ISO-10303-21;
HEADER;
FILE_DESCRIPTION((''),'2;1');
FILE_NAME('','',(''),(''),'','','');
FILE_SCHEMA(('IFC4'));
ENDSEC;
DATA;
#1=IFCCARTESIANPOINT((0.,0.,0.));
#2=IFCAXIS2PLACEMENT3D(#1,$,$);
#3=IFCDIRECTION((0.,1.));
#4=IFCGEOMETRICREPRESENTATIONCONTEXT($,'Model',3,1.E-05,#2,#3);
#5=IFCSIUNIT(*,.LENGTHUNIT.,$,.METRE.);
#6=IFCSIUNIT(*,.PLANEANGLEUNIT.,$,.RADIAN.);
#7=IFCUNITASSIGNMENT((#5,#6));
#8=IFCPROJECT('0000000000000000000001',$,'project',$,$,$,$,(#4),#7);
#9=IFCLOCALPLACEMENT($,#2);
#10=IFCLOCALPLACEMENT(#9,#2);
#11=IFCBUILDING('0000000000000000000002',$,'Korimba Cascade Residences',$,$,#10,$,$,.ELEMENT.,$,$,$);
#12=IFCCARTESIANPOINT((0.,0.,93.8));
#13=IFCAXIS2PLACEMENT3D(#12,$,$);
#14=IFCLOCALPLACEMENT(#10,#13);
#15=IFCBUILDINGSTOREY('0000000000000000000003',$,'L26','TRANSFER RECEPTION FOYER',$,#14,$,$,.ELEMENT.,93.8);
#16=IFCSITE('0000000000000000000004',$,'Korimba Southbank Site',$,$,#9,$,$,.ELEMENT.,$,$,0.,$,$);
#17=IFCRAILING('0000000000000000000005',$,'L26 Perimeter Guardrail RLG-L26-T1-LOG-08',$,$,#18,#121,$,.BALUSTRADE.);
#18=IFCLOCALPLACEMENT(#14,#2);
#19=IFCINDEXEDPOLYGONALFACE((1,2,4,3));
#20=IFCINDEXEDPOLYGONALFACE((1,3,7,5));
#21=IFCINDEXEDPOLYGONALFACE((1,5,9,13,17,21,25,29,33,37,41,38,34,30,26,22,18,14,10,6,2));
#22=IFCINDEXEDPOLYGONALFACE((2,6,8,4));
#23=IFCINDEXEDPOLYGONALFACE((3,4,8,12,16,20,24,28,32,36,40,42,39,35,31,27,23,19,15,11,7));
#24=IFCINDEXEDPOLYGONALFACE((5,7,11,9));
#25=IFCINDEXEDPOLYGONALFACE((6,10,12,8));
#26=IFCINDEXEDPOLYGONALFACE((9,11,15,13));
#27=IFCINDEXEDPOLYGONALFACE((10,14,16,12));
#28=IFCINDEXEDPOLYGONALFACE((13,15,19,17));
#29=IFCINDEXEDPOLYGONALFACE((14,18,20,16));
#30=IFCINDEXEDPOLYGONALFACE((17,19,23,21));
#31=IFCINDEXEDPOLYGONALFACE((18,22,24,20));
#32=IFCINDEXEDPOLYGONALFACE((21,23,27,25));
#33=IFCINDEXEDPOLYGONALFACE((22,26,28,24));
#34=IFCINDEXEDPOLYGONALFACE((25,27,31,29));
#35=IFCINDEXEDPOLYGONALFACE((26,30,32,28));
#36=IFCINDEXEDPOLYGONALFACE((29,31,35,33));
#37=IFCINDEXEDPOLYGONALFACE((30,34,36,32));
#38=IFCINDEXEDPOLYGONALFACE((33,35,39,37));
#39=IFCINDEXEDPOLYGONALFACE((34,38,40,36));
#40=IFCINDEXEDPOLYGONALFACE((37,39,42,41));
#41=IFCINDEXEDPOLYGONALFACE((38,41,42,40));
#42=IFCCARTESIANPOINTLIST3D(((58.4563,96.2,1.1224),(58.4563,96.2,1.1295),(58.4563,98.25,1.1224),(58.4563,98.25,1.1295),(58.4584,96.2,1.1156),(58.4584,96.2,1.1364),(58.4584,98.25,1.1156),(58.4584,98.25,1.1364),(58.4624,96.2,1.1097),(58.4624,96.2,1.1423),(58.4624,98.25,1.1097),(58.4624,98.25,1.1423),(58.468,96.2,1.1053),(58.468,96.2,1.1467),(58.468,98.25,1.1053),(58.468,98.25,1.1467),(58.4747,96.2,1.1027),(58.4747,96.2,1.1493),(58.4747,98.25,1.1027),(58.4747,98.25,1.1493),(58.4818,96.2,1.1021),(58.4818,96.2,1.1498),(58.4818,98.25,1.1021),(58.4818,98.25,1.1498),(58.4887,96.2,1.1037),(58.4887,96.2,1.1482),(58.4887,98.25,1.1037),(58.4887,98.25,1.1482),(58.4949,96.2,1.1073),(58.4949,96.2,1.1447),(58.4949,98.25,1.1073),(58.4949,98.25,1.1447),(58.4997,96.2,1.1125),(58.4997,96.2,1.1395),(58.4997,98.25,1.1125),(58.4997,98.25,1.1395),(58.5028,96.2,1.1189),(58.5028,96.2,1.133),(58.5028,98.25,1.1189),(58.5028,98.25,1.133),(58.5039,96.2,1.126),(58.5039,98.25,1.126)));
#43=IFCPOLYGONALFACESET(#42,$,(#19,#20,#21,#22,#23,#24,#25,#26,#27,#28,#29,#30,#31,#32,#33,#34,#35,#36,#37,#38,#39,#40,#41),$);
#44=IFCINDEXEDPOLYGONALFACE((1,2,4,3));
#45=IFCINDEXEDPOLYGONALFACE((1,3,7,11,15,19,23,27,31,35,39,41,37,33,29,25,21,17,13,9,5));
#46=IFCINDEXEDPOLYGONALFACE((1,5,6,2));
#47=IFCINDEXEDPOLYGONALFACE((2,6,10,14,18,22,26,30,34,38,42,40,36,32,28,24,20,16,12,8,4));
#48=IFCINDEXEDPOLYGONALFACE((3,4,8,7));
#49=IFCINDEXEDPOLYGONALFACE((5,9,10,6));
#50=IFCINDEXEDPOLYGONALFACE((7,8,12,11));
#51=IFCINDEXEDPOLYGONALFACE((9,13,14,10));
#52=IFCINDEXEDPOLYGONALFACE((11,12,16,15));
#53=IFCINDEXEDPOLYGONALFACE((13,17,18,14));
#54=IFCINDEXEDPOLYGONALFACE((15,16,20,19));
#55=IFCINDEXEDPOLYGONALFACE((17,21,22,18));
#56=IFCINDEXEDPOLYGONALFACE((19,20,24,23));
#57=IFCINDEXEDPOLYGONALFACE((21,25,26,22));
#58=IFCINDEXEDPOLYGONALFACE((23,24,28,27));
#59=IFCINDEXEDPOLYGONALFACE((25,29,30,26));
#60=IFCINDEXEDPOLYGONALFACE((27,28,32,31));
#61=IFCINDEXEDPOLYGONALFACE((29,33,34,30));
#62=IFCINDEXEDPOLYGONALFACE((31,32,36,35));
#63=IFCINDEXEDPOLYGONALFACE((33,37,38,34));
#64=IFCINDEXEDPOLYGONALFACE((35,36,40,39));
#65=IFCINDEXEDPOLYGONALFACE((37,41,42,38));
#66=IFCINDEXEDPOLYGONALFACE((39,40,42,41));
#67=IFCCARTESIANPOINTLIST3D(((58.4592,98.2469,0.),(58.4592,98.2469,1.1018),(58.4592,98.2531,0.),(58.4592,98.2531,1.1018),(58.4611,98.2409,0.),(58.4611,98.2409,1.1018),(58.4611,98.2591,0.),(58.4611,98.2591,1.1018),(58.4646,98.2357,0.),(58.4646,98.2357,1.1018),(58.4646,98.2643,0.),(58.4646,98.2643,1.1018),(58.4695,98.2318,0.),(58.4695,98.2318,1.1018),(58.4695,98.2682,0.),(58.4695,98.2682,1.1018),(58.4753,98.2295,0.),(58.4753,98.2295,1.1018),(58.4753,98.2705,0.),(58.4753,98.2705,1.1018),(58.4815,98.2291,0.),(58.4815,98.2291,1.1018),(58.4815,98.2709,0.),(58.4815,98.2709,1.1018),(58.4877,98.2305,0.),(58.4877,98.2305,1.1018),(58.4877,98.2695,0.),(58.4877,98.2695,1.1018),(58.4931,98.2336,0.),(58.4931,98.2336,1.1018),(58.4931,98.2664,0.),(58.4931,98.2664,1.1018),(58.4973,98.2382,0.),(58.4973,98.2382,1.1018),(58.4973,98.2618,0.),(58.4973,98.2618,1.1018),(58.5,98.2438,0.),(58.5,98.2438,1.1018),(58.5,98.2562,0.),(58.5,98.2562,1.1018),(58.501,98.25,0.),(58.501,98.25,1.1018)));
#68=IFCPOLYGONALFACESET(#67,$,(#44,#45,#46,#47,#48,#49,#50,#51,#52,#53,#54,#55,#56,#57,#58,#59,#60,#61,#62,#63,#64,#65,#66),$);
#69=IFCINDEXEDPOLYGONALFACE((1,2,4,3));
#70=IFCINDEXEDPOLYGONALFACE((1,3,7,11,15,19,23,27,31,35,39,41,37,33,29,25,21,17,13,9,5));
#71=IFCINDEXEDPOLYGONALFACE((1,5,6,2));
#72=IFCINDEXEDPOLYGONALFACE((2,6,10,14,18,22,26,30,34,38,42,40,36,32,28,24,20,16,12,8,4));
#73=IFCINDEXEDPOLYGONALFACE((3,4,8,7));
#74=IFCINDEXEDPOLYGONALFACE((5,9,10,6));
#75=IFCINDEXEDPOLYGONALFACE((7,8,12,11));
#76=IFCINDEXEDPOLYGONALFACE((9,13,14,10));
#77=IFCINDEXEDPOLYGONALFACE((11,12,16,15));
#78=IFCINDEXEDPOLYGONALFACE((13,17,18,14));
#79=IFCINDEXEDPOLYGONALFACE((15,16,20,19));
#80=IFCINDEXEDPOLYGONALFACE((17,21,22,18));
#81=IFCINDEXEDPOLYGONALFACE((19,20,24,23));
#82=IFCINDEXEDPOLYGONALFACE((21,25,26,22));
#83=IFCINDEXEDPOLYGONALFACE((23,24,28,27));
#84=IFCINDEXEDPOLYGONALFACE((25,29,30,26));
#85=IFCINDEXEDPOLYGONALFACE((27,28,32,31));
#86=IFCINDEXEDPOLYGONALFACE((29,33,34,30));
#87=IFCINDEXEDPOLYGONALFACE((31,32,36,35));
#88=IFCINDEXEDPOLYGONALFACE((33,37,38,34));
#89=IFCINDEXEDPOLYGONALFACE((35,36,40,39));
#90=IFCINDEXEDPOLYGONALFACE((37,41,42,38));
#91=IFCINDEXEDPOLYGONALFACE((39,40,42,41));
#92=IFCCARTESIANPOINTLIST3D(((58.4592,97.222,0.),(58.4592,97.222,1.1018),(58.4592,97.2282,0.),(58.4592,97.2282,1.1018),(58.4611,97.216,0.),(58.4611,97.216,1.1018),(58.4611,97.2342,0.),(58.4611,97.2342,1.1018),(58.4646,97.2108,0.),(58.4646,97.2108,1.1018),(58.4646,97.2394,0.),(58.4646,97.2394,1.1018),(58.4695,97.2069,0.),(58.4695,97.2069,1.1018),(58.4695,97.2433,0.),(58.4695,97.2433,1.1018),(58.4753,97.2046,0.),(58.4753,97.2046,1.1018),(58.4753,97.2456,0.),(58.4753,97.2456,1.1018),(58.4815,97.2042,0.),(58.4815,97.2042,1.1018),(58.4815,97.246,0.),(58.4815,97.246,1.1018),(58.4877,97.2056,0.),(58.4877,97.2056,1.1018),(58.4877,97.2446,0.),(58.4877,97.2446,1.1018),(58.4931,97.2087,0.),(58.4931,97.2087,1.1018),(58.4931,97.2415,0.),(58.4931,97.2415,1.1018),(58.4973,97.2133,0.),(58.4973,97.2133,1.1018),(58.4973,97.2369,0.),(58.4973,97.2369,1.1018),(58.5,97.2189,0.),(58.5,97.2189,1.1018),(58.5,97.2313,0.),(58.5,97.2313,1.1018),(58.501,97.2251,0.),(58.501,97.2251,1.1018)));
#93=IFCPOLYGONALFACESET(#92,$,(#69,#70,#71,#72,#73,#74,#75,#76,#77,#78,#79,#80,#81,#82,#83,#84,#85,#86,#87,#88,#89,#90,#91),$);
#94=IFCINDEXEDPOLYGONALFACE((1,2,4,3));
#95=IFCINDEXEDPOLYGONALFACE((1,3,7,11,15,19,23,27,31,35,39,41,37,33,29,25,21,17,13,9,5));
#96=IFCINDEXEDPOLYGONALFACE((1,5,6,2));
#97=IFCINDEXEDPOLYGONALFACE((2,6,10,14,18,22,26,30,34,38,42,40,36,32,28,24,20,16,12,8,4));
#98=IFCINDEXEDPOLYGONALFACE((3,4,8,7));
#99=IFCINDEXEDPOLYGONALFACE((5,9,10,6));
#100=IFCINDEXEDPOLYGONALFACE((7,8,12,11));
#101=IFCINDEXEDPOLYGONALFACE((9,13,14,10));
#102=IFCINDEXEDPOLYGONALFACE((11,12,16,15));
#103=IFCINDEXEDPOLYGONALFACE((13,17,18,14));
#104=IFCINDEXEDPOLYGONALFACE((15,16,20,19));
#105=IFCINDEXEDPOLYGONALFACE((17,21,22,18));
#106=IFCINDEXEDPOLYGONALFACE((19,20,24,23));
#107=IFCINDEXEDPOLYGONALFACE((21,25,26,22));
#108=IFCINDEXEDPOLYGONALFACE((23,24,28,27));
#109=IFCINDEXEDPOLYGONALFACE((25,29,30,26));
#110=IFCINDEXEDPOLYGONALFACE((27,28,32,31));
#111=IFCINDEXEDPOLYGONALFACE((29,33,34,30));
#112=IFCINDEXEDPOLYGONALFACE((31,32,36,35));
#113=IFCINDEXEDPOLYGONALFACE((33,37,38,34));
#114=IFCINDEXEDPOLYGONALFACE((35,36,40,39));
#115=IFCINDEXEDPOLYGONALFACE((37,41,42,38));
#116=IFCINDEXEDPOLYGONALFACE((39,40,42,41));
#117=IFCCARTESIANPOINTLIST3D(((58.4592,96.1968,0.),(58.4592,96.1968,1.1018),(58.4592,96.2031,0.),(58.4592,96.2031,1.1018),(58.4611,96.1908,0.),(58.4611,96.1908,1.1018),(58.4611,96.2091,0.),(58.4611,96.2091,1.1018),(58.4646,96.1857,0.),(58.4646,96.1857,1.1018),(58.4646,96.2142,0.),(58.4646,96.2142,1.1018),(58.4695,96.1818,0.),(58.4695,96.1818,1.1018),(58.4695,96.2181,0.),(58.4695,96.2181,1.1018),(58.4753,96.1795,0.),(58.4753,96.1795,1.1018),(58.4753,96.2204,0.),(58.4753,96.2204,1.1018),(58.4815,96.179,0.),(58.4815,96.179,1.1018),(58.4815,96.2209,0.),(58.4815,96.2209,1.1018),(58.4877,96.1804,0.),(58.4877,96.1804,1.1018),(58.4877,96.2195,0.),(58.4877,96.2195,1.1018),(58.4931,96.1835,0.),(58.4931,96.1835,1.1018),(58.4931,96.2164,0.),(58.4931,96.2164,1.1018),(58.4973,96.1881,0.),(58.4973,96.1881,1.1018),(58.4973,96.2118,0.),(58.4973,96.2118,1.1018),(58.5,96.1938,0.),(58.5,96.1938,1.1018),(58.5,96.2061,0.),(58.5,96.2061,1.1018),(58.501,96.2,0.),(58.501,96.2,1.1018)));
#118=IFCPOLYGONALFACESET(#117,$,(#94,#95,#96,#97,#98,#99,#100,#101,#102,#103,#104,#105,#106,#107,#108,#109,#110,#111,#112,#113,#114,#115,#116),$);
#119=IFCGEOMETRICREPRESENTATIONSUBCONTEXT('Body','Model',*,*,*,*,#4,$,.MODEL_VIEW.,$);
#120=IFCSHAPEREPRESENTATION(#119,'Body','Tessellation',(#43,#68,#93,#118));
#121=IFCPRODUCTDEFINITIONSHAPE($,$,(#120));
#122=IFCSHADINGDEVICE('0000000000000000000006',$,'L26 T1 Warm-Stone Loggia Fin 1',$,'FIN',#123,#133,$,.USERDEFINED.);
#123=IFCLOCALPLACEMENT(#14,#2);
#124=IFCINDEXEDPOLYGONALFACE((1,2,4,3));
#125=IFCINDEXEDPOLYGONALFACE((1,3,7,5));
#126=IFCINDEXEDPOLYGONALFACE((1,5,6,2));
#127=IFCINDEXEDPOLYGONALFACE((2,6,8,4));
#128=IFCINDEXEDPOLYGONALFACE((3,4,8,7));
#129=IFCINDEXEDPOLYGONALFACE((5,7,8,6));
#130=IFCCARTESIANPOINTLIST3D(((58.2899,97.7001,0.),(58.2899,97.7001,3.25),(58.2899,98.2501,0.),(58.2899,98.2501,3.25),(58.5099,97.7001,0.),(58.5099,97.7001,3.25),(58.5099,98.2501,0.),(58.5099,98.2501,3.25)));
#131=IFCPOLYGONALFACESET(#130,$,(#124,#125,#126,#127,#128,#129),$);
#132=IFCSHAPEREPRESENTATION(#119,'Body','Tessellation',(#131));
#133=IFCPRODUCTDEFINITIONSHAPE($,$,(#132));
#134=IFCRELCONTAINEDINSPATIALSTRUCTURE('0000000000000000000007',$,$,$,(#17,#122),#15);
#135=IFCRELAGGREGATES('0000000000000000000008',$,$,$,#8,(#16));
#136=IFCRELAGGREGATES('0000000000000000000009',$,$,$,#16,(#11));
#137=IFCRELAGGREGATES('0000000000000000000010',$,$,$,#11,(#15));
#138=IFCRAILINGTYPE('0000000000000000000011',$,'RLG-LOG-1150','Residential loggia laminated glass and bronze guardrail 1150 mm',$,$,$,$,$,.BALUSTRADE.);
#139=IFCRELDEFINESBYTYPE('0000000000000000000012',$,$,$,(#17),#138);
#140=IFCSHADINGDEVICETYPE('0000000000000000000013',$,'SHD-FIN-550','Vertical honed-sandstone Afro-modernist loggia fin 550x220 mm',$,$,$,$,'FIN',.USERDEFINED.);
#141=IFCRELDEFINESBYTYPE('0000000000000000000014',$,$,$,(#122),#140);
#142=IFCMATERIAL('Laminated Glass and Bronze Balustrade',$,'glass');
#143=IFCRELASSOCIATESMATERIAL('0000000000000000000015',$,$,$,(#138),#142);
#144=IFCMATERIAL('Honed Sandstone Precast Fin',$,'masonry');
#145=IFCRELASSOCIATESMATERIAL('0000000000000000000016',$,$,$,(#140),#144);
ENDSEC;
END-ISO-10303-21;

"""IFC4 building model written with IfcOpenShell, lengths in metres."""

from ifc_helpers import new_model, si_unit, direction, frame, origin, origin_2d, place, context, subcontext, project, spatial, rectangle, circle, extrude, material, type_object, element, save


model = new_model("IFC4")

# Units and contexts
model_context = context("Model", 3, precision=1e-05, world=origin(), true_north=direction((0.0, 1.0)))
body_context = subcontext(model_context, "Body", "Model", "MODEL_VIEW")
ifc_project = project(units=[si_unit("LENGTHUNIT", "METRE"), si_unit("PLANEANGLEUNIT", "RADIAN")], contexts=[model_context])

# Site, building, storey
site_placement = place(None, origin())
site = spatial("IfcSite", under=ifc_project, at=site_placement, Name="Korimba Southbank Site", CompositionType="ELEMENT", RefElevation=0.0)
building_placement = place(site_placement, origin())
building = spatial("IfcBuilding", under=site, at=building_placement, Name="Korimba Cascade Residences", CompositionType="ELEMENT")
storey_placement = place(building_placement, frame((0.0, 0.0, 93.8)))
storey = spatial("IfcBuildingStorey", under=building, at=storey_placement, Name="L26", Description="TRANSFER RECEPTION FOYER", CompositionType="ELEMENT", Elevation=93.8)

# Railing
ifc_material_1 = material(Name="Laminated Glass and Bronze Balustrade", Category="glass")
railing_type = type_object("IfcRailingType", Name="RLG-LOG-1150", Description="Residential loggia laminated glass and bronze guardrail 1150 mm", PredefinedType="BALUSTRADE", material=ifc_material_1)
railing_placement = place(storey_placement, frame((58.48, 98.25, 0.0)))
element("IfcRailing", 1, at=railing_placement, inside=storey, type_object=railing_type, Name="L26 Perimeter Guardrail RLG-L26-T1-LOG-08", PredefinedType="BALUSTRADE", context=body_context, shape_type="SweptSolid", body=[
    extrude(circle(Radius=0.0239, at=origin_2d()), frame((0.0, 0.0, 1.126), z_axis=(0.0, -1.0, 0.0), x_axis=(1.0, 0.0, 0.0)), (0.0, 0.0, 1.0), 2.05),
    extrude(circle(Radius=0.021, at=origin_2d()), origin(), (0.0, 0.0, 1.0), 1.1018),
    extrude(circle(Radius=0.021, at=origin_2d()), frame((0.0, -1.0249, 0.0)), (0.0, 0.0, 1.0), 1.1018),
    extrude(circle(Radius=0.021, at=origin_2d()), frame((0.0, -2.05, 0.0)), (0.0, 0.0, 1.0), 1.1018),
])

# Shading device
ifc_material_2 = material(Name="Honed Sandstone Precast Fin", Category="masonry")
shading_device_type = type_object("IfcShadingDeviceType", Name="SHD-FIN-550", Description="Vertical honed-sandstone Afro-modernist loggia fin 550x220 mm", ElementType="FIN", PredefinedType="USERDEFINED", material=ifc_material_2)
shading_device_placement = place(storey_placement, frame((58.3999, 97.9751, 0.0), z_axis=(0.0, 0.0, 1.0), x_axis=(1.0, 0.0, 0.0)))
element("IfcShadingDevice", 2, at=shading_device_placement, inside=storey, type_object=shading_device_type, Name="L26 T1 Warm-Stone Loggia Fin 1", ObjectType="FIN", PredefinedType="USERDEFINED", context=body_context, shape_type="SweptSolid", body=[
    extrude(rectangle(XDim=0.22, YDim=0.55, at=origin_2d()), origin(), (0.0, 0.0, 1.0), 3.25),
])

save(model, "model.ifc")
